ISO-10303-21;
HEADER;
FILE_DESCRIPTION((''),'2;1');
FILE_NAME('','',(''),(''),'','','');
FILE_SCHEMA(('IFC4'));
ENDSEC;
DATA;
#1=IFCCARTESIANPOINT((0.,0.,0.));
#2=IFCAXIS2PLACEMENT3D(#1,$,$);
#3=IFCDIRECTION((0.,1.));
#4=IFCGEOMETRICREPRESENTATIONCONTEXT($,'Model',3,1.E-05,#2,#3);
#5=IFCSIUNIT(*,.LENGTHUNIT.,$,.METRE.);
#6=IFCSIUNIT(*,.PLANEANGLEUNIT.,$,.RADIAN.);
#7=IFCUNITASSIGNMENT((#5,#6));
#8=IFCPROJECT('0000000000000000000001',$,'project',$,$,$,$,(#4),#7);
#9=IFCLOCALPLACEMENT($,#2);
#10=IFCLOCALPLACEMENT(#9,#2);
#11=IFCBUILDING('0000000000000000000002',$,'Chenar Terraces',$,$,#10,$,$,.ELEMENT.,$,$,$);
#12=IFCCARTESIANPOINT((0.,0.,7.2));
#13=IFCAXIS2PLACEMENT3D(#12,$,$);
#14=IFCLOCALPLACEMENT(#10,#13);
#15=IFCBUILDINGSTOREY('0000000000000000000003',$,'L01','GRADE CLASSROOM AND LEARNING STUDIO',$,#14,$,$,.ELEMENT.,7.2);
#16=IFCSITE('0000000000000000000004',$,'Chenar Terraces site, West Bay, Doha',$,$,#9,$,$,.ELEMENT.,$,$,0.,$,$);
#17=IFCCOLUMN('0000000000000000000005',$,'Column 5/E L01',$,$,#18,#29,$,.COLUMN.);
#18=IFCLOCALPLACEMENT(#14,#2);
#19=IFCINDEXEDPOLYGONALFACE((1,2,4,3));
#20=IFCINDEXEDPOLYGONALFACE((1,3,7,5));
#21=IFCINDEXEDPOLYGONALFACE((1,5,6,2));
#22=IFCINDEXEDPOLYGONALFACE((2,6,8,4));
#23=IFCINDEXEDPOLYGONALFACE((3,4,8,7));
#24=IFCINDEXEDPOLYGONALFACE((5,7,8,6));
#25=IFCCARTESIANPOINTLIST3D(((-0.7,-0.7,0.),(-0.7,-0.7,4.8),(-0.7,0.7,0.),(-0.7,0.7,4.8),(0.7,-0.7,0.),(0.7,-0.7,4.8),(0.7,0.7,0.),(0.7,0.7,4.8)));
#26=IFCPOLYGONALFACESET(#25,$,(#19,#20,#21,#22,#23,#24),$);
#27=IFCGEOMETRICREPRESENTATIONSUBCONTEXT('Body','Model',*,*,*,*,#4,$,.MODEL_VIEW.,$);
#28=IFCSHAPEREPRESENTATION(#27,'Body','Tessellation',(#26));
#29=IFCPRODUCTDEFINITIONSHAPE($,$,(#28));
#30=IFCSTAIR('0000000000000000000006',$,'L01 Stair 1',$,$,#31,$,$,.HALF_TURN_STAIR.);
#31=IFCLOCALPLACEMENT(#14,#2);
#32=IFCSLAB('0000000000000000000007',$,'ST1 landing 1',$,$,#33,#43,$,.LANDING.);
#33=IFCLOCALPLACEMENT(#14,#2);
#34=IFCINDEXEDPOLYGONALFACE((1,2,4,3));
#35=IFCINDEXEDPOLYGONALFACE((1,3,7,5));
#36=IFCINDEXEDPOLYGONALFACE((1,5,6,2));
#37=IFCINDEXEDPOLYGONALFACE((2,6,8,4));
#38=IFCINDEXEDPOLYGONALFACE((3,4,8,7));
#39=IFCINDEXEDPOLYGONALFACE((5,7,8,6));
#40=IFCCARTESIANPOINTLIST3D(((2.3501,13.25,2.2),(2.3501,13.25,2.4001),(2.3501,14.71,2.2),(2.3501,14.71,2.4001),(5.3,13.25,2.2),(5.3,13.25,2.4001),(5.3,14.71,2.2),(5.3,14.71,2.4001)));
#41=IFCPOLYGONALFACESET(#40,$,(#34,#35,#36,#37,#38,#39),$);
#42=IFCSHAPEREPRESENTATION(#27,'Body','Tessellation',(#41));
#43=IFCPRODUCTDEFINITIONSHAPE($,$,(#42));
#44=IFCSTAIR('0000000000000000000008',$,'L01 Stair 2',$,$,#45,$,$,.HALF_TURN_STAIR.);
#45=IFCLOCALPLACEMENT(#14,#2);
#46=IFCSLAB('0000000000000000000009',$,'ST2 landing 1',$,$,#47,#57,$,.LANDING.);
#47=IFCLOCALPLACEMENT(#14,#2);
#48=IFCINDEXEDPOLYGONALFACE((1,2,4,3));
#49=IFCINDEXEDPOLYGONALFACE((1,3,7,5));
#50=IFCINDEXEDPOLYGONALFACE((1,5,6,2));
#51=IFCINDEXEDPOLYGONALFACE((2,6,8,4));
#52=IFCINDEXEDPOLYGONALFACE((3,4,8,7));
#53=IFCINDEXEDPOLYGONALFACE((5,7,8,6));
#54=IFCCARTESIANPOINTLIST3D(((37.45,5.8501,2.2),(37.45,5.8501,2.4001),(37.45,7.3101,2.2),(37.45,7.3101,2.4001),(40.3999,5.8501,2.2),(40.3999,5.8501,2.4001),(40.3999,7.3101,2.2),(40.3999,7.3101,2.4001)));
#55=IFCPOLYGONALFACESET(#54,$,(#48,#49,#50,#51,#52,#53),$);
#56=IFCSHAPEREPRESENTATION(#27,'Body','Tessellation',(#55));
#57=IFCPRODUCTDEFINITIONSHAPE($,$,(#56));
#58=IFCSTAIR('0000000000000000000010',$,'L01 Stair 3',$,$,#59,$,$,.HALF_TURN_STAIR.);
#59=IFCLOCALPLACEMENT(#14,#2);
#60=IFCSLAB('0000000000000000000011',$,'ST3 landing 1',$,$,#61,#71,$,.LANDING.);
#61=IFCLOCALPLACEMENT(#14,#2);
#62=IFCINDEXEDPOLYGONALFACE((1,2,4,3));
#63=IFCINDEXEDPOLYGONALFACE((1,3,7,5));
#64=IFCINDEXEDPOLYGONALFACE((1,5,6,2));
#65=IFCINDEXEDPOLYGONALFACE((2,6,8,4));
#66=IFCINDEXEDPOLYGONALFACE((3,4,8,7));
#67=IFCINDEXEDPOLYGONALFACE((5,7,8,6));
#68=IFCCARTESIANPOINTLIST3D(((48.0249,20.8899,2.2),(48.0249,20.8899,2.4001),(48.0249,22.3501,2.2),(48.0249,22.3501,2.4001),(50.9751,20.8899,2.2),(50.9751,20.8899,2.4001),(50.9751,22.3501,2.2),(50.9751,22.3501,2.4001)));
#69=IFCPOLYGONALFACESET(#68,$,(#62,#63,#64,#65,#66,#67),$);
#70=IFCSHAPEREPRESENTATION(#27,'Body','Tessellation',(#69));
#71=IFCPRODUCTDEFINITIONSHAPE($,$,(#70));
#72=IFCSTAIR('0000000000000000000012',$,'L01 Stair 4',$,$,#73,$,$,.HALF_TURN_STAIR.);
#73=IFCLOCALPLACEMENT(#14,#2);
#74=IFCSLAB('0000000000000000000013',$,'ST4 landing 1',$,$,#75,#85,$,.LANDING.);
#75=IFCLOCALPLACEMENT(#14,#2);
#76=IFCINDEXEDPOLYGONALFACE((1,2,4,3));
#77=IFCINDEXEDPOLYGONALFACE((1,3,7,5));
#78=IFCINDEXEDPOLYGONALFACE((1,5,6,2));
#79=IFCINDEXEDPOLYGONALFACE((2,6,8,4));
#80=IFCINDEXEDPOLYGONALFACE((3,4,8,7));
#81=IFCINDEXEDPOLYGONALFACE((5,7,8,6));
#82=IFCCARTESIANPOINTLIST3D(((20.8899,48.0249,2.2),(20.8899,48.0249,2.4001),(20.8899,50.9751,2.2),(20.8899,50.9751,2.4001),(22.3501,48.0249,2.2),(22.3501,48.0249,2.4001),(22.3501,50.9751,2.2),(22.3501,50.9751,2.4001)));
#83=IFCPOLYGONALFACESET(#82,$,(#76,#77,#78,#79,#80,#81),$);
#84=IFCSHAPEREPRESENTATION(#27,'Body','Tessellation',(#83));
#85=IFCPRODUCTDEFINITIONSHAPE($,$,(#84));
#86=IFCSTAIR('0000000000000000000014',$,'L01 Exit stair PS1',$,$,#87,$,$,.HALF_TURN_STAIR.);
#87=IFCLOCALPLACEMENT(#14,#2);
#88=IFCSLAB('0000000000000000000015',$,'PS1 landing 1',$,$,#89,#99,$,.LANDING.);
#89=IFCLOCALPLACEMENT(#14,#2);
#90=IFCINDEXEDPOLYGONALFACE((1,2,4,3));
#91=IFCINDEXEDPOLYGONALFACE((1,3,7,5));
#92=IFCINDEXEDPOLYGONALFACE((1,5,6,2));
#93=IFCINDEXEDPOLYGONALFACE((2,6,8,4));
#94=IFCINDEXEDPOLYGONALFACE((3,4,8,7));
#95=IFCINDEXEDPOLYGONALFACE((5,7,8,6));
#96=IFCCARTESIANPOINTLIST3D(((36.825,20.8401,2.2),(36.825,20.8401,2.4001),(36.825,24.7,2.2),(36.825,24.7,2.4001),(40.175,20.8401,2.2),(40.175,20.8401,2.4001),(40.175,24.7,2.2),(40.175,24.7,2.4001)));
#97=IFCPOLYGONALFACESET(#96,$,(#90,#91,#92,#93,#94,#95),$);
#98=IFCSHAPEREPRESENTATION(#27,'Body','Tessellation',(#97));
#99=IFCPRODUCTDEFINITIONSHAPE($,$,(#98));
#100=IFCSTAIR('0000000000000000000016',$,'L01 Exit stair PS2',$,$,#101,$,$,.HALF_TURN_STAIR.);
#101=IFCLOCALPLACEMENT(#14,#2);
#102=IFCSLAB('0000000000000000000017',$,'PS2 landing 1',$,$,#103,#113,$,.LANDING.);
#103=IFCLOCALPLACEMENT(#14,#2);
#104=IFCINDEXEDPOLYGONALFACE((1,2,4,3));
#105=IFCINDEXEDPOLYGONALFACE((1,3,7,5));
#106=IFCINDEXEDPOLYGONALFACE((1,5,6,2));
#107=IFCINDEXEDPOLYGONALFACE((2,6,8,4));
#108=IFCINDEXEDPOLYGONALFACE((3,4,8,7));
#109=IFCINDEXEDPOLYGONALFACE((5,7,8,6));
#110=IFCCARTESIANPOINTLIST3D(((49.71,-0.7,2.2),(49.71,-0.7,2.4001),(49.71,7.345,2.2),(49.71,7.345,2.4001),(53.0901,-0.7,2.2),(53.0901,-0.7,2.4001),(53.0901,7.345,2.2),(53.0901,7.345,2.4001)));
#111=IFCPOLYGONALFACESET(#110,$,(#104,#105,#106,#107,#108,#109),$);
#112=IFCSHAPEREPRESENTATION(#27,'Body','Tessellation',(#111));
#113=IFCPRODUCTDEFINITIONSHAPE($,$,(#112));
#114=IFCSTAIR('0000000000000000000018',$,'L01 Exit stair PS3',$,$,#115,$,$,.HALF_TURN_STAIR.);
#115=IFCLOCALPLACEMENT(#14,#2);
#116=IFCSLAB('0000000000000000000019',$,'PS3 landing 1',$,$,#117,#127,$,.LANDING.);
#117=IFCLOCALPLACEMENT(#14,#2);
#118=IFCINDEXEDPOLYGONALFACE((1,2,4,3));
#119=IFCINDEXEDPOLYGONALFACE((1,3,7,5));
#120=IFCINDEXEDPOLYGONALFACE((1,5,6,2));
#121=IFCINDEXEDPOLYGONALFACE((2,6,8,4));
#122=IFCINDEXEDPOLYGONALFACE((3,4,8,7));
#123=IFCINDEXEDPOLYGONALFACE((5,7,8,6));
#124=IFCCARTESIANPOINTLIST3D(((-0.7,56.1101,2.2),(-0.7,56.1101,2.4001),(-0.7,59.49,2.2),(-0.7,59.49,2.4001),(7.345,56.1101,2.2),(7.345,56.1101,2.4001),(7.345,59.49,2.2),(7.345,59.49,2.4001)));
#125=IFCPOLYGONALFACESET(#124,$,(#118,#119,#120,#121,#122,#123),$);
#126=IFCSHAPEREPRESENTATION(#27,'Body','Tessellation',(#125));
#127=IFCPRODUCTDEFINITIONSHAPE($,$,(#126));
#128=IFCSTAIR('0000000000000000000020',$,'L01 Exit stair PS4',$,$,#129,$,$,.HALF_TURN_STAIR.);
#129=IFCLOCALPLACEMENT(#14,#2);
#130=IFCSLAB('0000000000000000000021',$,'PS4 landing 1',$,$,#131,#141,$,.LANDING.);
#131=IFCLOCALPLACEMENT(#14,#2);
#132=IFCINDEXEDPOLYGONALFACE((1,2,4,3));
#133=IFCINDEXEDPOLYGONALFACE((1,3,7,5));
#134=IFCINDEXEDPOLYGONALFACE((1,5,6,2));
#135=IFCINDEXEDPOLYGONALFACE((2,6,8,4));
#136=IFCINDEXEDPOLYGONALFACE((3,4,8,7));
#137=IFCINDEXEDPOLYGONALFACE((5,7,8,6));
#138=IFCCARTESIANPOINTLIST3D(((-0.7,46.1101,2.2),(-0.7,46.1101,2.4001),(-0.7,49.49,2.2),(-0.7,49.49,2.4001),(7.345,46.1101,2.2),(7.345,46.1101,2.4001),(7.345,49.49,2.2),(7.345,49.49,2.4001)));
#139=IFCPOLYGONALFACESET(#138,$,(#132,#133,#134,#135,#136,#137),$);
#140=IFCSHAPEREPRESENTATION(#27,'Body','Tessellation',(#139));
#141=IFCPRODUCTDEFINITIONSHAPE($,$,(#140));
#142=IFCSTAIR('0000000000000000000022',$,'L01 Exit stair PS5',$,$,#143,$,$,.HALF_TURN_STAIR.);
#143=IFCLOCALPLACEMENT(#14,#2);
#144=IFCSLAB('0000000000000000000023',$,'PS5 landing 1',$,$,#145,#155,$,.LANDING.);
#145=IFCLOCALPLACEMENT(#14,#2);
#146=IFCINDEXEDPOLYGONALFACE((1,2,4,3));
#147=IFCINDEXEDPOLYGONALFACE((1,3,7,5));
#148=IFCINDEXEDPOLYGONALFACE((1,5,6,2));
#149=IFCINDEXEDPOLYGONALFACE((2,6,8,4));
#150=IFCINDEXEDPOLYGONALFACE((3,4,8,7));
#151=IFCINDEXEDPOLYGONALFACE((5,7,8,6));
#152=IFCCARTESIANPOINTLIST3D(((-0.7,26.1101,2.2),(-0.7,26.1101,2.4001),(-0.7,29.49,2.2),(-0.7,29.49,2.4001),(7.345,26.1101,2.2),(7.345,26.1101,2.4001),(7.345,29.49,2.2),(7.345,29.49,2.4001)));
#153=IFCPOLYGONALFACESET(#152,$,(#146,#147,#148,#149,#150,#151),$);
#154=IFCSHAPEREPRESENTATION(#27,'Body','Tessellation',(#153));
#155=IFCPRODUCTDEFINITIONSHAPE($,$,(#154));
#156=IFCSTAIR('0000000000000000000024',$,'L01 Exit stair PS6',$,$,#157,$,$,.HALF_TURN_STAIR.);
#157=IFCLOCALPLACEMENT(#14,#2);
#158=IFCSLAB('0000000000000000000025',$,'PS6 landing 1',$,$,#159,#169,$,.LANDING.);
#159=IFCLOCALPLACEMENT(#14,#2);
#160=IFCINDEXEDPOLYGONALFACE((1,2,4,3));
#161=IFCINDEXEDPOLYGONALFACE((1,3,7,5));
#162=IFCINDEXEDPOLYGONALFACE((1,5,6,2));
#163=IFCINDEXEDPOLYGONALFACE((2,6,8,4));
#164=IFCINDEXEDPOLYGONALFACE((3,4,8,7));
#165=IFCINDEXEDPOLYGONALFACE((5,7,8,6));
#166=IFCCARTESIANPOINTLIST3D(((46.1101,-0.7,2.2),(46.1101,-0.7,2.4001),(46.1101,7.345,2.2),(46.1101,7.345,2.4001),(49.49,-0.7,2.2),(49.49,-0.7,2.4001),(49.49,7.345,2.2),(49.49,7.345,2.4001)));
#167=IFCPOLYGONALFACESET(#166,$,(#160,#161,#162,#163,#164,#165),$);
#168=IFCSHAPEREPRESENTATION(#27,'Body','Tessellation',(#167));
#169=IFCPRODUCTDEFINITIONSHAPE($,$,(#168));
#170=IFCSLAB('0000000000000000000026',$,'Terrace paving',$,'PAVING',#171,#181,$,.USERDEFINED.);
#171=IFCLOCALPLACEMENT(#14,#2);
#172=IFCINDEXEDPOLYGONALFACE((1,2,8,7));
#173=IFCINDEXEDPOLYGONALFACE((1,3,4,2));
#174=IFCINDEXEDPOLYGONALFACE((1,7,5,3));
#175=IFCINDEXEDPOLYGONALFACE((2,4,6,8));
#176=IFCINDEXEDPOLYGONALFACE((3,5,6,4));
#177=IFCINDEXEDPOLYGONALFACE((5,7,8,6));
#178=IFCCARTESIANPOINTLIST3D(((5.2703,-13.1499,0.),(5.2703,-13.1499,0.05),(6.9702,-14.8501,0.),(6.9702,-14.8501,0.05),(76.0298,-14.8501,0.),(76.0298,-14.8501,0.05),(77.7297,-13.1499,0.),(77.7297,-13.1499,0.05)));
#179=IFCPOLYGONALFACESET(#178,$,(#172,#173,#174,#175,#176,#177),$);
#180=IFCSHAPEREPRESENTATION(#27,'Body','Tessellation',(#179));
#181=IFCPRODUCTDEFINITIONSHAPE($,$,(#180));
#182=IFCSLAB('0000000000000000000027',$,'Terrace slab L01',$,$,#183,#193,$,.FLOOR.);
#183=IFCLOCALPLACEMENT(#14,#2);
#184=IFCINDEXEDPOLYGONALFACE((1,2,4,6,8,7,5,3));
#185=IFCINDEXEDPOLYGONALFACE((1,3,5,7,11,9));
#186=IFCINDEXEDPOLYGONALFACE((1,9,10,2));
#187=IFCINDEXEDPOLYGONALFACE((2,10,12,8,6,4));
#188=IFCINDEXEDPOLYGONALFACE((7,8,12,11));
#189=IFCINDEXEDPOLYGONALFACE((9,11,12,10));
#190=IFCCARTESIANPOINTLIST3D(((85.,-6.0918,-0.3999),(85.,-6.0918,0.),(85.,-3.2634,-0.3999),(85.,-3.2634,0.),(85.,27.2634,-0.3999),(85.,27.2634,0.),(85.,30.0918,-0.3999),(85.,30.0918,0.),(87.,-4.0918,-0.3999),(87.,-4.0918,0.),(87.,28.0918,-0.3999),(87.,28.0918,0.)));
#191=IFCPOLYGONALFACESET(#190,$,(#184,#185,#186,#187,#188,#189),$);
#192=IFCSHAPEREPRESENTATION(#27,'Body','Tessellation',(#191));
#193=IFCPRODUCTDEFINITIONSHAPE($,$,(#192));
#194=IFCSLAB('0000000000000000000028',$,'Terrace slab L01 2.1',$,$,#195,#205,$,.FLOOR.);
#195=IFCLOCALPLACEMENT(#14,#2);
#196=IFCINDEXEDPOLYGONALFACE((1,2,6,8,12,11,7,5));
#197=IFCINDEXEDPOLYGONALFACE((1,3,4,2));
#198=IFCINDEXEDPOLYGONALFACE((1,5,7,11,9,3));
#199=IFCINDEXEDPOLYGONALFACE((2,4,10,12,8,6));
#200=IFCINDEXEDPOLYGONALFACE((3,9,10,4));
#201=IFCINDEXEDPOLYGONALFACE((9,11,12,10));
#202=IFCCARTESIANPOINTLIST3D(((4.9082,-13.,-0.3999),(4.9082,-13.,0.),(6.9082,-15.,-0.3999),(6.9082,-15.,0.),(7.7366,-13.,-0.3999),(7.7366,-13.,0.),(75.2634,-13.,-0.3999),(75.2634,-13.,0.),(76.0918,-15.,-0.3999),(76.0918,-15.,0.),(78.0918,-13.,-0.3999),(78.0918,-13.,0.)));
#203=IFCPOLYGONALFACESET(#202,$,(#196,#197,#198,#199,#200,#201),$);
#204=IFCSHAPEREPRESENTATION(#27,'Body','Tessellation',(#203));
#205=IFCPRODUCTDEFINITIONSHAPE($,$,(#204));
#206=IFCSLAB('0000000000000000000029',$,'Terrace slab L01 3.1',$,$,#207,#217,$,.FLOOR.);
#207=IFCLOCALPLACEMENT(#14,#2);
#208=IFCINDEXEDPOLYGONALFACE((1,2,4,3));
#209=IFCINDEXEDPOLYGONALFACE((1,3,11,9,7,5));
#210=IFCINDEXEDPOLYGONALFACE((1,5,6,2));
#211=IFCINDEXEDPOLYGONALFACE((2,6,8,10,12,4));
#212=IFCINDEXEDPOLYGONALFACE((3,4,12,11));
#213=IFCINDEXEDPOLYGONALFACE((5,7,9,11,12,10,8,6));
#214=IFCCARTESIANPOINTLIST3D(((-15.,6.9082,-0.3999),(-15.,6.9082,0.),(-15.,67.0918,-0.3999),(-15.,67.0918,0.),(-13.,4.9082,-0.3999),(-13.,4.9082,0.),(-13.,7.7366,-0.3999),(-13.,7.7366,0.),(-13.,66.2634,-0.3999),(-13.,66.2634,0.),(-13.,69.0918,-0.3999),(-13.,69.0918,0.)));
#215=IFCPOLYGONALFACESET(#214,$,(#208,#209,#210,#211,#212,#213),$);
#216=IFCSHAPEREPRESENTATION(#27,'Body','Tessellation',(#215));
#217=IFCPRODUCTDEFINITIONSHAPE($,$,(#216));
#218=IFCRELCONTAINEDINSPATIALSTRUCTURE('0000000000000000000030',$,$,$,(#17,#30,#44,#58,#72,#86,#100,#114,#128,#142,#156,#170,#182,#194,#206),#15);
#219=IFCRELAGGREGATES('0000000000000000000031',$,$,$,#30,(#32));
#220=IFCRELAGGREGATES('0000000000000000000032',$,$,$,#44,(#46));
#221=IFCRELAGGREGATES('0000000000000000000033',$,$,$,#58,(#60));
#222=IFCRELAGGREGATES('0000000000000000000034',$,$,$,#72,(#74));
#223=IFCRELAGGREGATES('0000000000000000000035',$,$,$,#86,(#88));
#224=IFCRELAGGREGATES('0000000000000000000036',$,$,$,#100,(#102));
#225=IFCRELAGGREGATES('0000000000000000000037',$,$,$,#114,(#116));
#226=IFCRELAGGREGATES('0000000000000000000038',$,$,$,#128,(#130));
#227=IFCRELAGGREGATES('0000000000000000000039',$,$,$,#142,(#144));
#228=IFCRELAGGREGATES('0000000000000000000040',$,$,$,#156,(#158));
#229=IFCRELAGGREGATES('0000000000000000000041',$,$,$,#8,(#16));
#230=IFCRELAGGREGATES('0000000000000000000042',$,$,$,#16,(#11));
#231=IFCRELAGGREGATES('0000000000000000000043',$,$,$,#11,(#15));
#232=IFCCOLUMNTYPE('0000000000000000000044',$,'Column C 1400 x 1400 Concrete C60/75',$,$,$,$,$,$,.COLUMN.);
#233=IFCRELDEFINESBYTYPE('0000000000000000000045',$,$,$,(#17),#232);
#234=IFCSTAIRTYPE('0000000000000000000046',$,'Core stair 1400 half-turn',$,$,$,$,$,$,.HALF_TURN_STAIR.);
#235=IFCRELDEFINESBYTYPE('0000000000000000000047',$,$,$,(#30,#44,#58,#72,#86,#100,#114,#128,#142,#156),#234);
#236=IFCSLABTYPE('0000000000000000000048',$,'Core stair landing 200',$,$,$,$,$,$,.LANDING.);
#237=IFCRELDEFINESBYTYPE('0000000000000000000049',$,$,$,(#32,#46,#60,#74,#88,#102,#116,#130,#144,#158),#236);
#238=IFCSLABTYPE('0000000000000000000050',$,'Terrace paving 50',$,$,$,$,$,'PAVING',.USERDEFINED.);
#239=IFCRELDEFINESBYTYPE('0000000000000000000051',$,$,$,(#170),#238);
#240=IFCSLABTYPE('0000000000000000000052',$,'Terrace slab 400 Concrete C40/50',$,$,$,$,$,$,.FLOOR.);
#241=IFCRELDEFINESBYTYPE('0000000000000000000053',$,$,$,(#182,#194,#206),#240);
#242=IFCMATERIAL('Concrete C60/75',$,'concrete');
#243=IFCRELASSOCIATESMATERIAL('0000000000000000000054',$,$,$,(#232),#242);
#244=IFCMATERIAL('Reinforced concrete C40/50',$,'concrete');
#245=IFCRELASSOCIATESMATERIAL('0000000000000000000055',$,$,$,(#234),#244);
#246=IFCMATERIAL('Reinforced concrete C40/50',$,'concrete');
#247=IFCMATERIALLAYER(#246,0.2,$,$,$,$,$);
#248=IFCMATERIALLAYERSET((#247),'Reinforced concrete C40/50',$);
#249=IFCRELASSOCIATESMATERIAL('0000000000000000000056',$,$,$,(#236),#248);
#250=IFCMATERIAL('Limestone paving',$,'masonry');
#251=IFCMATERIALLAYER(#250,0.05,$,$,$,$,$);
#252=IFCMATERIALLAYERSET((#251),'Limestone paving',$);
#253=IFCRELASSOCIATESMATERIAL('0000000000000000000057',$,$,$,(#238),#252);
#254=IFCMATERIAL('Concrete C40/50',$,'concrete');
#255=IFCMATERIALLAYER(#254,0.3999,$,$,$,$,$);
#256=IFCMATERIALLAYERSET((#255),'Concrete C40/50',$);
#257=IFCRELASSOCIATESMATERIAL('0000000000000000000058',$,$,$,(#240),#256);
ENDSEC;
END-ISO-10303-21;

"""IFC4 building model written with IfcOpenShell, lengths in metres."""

from ifc_helpers import new_model, si_unit, direction, frame, origin, origin_with_axes, origin_2d, place, context, subcontext, project, spatial, polyline, rectangle, outline, extrude, material, layer, layer_set, material_profile, profile_set, type_object, element, aggregate, save


model = new_model("IFC4")

# Units and contexts
model_context = context("Model", 3, precision=1e-05, world=origin(), true_north=direction((0.0, 1.0)))
body_context = subcontext(model_context, "Body", "Model", "MODEL_VIEW")
ifc_project = project(units=[si_unit("LENGTHUNIT", "METRE"), si_unit("PLANEANGLEUNIT", "RADIAN")], contexts=[model_context])

# Site, building, storey
site_placement = place(None, origin())
site = spatial("IfcSite", under=ifc_project, at=site_placement, Name="Chenar Terraces site, West Bay, Doha", CompositionType="ELEMENT", RefElevation=0.0)
building_placement = place(site_placement, origin())
building = spatial("IfcBuilding", under=site, at=building_placement, Name="Chenar Terraces", CompositionType="ELEMENT")
storey_placement = place(building_placement, frame((0.0, 0.0, 7.2)))
storey = spatial("IfcBuildingStorey", under=building, at=storey_placement, Name="L01", Description="GRADE CLASSROOM AND LEARNING STUDIO", CompositionType="ELEMENT", Elevation=7.2)

# Column
ifc_material_1 = material(Name="Concrete C60/75", Category="concrete")
ifc_material_profile = material_profile(ifc_material_1, rectangle(XDim=1.3999, YDim=1.3999, at=origin_2d()), Name="C 1400 x 1400")
ifc_profile_set = profile_set([ifc_material_profile], Name="Concrete C60/75")
column_type = type_object("IfcColumnType", Name="Column C 1400 x 1400 Concrete C60/75", PredefinedType="COLUMN", material=ifc_profile_set)
column_placement = place(storey_placement, origin_with_axes())
element("IfcColumn", 1, at=column_placement, inside=storey, type_object=column_type, Name="Column 5/E L01", PredefinedType="COLUMN", context=body_context, shape_type="SweptSolid", body=[
    extrude(rectangle(XDim=1.3999, YDim=1.3999, at=origin_2d()), origin(), (0.0, 0.0, 1.0), 4.8),
])

# Stairs, slabs
ifc_material_2 = material(Name="Reinforced concrete C40/50", Category="concrete")
stair_type = type_object("IfcStairType", Name="Core stair 1400 half-turn", PredefinedType="HALF_TURN_STAIR", material=ifc_material_2)
placement_1 = place(storey_placement, origin())
stair_1 = element("IfcStair", 2, at=placement_1, inside=storey, type_object=stair_type, Name="L01 Stair 1", PredefinedType="HALF_TURN_STAIR")
ifc_material_3 = material(Name="Reinforced concrete C40/50", Category="concrete")
ifc_layer_1 = layer(ifc_material_3, 0.2)
ifc_layer_set_1 = layer_set([ifc_layer_1], Name="Reinforced concrete C40/50")
slab_type_1 = type_object("IfcSlabType", Name="Core stair landing 200", PredefinedType="LANDING", material=ifc_layer_set_1)
placement_2 = place(storey_placement, frame((0.0, 0.0, 2.2)))
slab_1 = element("IfcSlab", 3, at=placement_2, type_object=slab_type_1, Name="ST1 landing 1", PredefinedType="LANDING", context=body_context, shape_type="SweptSolid", body=[
    extrude(outline(polyline([(2.3501, 14.71), (2.3501, 13.25), (5.3, 13.25), (5.3, 14.71), (2.3501, 14.71)])), origin(), (0.0, 0.0, 1.0), 0.2002),
])
aggregate(stair_1, [slab_1])
stair_2 = element("IfcStair", 4, at=placement_1, inside=storey, type_object=stair_type, Name="L01 Stair 2", PredefinedType="HALF_TURN_STAIR")
slab_2 = element("IfcSlab", 5, at=placement_2, type_object=slab_type_1, Name="ST2 landing 1", PredefinedType="LANDING", context=body_context, shape_type="SweptSolid", body=[
    extrude(outline(polyline([(37.45, 7.3101), (37.45, 5.8501), (40.3999, 5.8501), (40.3999, 7.3101), (37.45, 7.3101)])), origin(), (0.0, 0.0, 1.0), 0.2002),
])
aggregate(stair_2, [slab_2])
stair_3 = element("IfcStair", 6, at=placement_1, inside=storey, type_object=stair_type, Name="L01 Stair 3", PredefinedType="HALF_TURN_STAIR")
slab_3 = element("IfcSlab", 7, at=placement_2, type_object=slab_type_1, Name="ST3 landing 1", PredefinedType="LANDING", context=body_context, shape_type="SweptSolid", body=[
    extrude(outline(polyline([(50.9751, 20.8899), (50.9751, 22.3501), (48.0249, 22.3501), (48.0249, 20.8899), (50.9751, 20.8899)])), origin(), (0.0, 0.0, 1.0), 0.2002),
])
aggregate(stair_3, [slab_3])
stair_4 = element("IfcStair", 8, at=placement_1, inside=storey, type_object=stair_type, Name="L01 Stair 4", PredefinedType="HALF_TURN_STAIR")
slab_4 = element("IfcSlab", 9, at=placement_2, type_object=slab_type_1, Name="ST4 landing 1", PredefinedType="LANDING", context=body_context, shape_type="SweptSolid", body=[
    extrude(outline(polyline([(20.8899, 48.0249), (22.3501, 48.0249), (22.3501, 50.9751), (20.8899, 50.9751), (20.8899, 48.0249)])), origin(), (0.0, 0.0, 1.0), 0.2002),
])
aggregate(stair_4, [slab_4])
stair_5 = element("IfcStair", 10, at=placement_1, inside=storey, type_object=stair_type, Name="L01 Exit stair PS1", PredefinedType="HALF_TURN_STAIR")
slab_5 = element("IfcSlab", 11, at=placement_2, type_object=slab_type_1, Name="PS1 landing 1", PredefinedType="LANDING", context=body_context, shape_type="SweptSolid", body=[
    extrude(outline(polyline([(40.175, 20.8401), (40.175, 24.7), (36.825, 24.7), (36.825, 20.8401), (40.175, 20.8401)])), origin(), (0.0, 0.0, 1.0), 0.2002),
])
aggregate(stair_5, [slab_5])
stair_6 = element("IfcStair", 12, at=placement_1, inside=storey, type_object=stair_type, Name="L01 Exit stair PS2", PredefinedType="HALF_TURN_STAIR")
slab_6 = element("IfcSlab", 13, at=placement_2, type_object=slab_type_1, Name="PS2 landing 1", PredefinedType="LANDING", context=body_context, shape_type="SweptSolid", body=[
    extrude(outline(polyline([(49.71, 7.345), (49.71, -0.7), (53.0901, -0.7), (53.0901, 7.345), (49.71, 7.345)])), origin(), (0.0, 0.0, 1.0), 0.2002),
])
aggregate(stair_6, [slab_6])
stair_7 = element("IfcStair", 14, at=placement_1, inside=storey, type_object=stair_type, Name="L01 Exit stair PS3", PredefinedType="HALF_TURN_STAIR")
slab_7 = element("IfcSlab", 15, at=placement_2, type_object=slab_type_1, Name="PS3 landing 1", PredefinedType="LANDING", context=body_context, shape_type="SweptSolid", body=[
    extrude(outline(polyline([(7.345, 59.49), (-0.7, 59.49), (-0.7, 56.1101), (7.345, 56.1101), (7.345, 59.49)])), origin(), (0.0, 0.0, 1.0), 0.2002),
])
aggregate(stair_7, [slab_7])
stair_8 = element("IfcStair", 16, at=placement_1, inside=storey, type_object=stair_type, Name="L01 Exit stair PS4", PredefinedType="HALF_TURN_STAIR")
slab_8 = element("IfcSlab", 17, at=placement_2, type_object=slab_type_1, Name="PS4 landing 1", PredefinedType="LANDING", context=body_context, shape_type="SweptSolid", body=[
    extrude(outline(polyline([(7.345, 49.49), (-0.7, 49.49), (-0.7, 46.1101), (7.345, 46.1101), (7.345, 49.49)])), origin(), (0.0, 0.0, 1.0), 0.2002),
])
aggregate(stair_8, [slab_8])
stair_9 = element("IfcStair", 18, at=placement_1, inside=storey, type_object=stair_type, Name="L01 Exit stair PS5", PredefinedType="HALF_TURN_STAIR")
slab_9 = element("IfcSlab", 19, at=placement_2, type_object=slab_type_1, Name="PS5 landing 1", PredefinedType="LANDING", context=body_context, shape_type="SweptSolid", body=[
    extrude(outline(polyline([(7.345, 29.49), (-0.7, 29.49), (-0.7, 26.1101), (7.345, 26.1101), (7.345, 29.49)])), origin(), (0.0, 0.0, 1.0), 0.2002),
])
aggregate(stair_9, [slab_9])
stair_10 = element("IfcStair", 20, at=placement_1, inside=storey, type_object=stair_type, Name="L01 Exit stair PS6", PredefinedType="HALF_TURN_STAIR")
slab_10 = element("IfcSlab", 21, at=placement_2, type_object=slab_type_1, Name="PS6 landing 1", PredefinedType="LANDING", context=body_context, shape_type="SweptSolid", body=[
    extrude(outline(polyline([(46.1101, 7.345), (46.1101, -0.7), (49.49, -0.7), (49.49, 7.345), (46.1101, 7.345)])), origin(), (0.0, 0.0, 1.0), 0.2002),
])
aggregate(stair_10, [slab_10])

# Slabs
placement_3 = place(storey_placement, frame((0.0, 0.0, -0.3999)))
ifc_material_4 = material(Name="Limestone paving", Category="masonry")
ifc_layer_2 = layer(ifc_material_4, 0.05)
ifc_layer_set_2 = layer_set([ifc_layer_2], Name="Limestone paving")
slab_type_2 = type_object("IfcSlabType", Name="Terrace paving 50", ElementType="PAVING", PredefinedType="USERDEFINED", material=ifc_layer_set_2)
element("IfcSlab", 22, at=placement_1, inside=storey, type_object=slab_type_2, Name="Terrace paving", ObjectType="PAVING", PredefinedType="USERDEFINED", context=body_context, shape_type="SweptSolid", body=[
    extrude(outline(polyline([(76.0298, -14.8501), (6.9702, -14.8501), (5.2703, -13.1499), (77.7297, -13.1499), (76.0298, -14.8501)])), origin(), (0.0, 0.0, 1.0), 0.05),
])
ifc_material_5 = material(Name="Concrete C40/50", Category="concrete")
ifc_layer_3 = layer(ifc_material_5, 0.3999)
ifc_layer_set_3 = layer_set([ifc_layer_3], Name="Concrete C40/50")
slab_type_3 = type_object("IfcSlabType", Name="Terrace slab 400 Concrete C40/50", PredefinedType="FLOOR", material=ifc_layer_set_3)
element("IfcSlab", 23, at=placement_3, inside=storey, type_object=slab_type_3, Name="Terrace slab L01", PredefinedType="FLOOR", context=body_context, shape_type="SweptSolid", body=[
    extrude(outline(polyline([(87.0, 28.0918), (87.0, -4.0918), (85.0, -6.0918), (85.0, -3.2634), (85.0, 27.2634), (85.0, 30.0918), (87.0, 28.0918)])), origin(), (0.0, 0.0, 1.0), 0.3999),
])
element("IfcSlab", 24, at=placement_3, inside=storey, type_object=slab_type_3, Name="Terrace slab L01 2.1", PredefinedType="FLOOR", context=body_context, shape_type="SweptSolid", body=[
    extrude(outline(polyline([(76.0918, -15.0), (6.9082, -15.0), (4.9082, -13.0), (7.7366, -13.0), (75.2634, -13.0), (78.0918, -13.0), (76.0918, -15.0)])), origin(), (0.0, 0.0, 1.0), 0.3999),
])
element("IfcSlab", 25, at=placement_3, inside=storey, type_object=slab_type_3, Name="Terrace slab L01 3.1", PredefinedType="FLOOR", context=body_context, shape_type="SweptSolid", body=[
    extrude(outline(polyline([(-15.0, 6.9082), (-15.0, 67.0918), (-13.0, 69.0918), (-13.0, 66.2634), (-13.0, 7.7366), (-13.0, 4.9082), (-15.0, 6.9082)])), origin(), (0.0, 0.0, 1.0), 0.3999),
])

save(model, "model.ifc")
